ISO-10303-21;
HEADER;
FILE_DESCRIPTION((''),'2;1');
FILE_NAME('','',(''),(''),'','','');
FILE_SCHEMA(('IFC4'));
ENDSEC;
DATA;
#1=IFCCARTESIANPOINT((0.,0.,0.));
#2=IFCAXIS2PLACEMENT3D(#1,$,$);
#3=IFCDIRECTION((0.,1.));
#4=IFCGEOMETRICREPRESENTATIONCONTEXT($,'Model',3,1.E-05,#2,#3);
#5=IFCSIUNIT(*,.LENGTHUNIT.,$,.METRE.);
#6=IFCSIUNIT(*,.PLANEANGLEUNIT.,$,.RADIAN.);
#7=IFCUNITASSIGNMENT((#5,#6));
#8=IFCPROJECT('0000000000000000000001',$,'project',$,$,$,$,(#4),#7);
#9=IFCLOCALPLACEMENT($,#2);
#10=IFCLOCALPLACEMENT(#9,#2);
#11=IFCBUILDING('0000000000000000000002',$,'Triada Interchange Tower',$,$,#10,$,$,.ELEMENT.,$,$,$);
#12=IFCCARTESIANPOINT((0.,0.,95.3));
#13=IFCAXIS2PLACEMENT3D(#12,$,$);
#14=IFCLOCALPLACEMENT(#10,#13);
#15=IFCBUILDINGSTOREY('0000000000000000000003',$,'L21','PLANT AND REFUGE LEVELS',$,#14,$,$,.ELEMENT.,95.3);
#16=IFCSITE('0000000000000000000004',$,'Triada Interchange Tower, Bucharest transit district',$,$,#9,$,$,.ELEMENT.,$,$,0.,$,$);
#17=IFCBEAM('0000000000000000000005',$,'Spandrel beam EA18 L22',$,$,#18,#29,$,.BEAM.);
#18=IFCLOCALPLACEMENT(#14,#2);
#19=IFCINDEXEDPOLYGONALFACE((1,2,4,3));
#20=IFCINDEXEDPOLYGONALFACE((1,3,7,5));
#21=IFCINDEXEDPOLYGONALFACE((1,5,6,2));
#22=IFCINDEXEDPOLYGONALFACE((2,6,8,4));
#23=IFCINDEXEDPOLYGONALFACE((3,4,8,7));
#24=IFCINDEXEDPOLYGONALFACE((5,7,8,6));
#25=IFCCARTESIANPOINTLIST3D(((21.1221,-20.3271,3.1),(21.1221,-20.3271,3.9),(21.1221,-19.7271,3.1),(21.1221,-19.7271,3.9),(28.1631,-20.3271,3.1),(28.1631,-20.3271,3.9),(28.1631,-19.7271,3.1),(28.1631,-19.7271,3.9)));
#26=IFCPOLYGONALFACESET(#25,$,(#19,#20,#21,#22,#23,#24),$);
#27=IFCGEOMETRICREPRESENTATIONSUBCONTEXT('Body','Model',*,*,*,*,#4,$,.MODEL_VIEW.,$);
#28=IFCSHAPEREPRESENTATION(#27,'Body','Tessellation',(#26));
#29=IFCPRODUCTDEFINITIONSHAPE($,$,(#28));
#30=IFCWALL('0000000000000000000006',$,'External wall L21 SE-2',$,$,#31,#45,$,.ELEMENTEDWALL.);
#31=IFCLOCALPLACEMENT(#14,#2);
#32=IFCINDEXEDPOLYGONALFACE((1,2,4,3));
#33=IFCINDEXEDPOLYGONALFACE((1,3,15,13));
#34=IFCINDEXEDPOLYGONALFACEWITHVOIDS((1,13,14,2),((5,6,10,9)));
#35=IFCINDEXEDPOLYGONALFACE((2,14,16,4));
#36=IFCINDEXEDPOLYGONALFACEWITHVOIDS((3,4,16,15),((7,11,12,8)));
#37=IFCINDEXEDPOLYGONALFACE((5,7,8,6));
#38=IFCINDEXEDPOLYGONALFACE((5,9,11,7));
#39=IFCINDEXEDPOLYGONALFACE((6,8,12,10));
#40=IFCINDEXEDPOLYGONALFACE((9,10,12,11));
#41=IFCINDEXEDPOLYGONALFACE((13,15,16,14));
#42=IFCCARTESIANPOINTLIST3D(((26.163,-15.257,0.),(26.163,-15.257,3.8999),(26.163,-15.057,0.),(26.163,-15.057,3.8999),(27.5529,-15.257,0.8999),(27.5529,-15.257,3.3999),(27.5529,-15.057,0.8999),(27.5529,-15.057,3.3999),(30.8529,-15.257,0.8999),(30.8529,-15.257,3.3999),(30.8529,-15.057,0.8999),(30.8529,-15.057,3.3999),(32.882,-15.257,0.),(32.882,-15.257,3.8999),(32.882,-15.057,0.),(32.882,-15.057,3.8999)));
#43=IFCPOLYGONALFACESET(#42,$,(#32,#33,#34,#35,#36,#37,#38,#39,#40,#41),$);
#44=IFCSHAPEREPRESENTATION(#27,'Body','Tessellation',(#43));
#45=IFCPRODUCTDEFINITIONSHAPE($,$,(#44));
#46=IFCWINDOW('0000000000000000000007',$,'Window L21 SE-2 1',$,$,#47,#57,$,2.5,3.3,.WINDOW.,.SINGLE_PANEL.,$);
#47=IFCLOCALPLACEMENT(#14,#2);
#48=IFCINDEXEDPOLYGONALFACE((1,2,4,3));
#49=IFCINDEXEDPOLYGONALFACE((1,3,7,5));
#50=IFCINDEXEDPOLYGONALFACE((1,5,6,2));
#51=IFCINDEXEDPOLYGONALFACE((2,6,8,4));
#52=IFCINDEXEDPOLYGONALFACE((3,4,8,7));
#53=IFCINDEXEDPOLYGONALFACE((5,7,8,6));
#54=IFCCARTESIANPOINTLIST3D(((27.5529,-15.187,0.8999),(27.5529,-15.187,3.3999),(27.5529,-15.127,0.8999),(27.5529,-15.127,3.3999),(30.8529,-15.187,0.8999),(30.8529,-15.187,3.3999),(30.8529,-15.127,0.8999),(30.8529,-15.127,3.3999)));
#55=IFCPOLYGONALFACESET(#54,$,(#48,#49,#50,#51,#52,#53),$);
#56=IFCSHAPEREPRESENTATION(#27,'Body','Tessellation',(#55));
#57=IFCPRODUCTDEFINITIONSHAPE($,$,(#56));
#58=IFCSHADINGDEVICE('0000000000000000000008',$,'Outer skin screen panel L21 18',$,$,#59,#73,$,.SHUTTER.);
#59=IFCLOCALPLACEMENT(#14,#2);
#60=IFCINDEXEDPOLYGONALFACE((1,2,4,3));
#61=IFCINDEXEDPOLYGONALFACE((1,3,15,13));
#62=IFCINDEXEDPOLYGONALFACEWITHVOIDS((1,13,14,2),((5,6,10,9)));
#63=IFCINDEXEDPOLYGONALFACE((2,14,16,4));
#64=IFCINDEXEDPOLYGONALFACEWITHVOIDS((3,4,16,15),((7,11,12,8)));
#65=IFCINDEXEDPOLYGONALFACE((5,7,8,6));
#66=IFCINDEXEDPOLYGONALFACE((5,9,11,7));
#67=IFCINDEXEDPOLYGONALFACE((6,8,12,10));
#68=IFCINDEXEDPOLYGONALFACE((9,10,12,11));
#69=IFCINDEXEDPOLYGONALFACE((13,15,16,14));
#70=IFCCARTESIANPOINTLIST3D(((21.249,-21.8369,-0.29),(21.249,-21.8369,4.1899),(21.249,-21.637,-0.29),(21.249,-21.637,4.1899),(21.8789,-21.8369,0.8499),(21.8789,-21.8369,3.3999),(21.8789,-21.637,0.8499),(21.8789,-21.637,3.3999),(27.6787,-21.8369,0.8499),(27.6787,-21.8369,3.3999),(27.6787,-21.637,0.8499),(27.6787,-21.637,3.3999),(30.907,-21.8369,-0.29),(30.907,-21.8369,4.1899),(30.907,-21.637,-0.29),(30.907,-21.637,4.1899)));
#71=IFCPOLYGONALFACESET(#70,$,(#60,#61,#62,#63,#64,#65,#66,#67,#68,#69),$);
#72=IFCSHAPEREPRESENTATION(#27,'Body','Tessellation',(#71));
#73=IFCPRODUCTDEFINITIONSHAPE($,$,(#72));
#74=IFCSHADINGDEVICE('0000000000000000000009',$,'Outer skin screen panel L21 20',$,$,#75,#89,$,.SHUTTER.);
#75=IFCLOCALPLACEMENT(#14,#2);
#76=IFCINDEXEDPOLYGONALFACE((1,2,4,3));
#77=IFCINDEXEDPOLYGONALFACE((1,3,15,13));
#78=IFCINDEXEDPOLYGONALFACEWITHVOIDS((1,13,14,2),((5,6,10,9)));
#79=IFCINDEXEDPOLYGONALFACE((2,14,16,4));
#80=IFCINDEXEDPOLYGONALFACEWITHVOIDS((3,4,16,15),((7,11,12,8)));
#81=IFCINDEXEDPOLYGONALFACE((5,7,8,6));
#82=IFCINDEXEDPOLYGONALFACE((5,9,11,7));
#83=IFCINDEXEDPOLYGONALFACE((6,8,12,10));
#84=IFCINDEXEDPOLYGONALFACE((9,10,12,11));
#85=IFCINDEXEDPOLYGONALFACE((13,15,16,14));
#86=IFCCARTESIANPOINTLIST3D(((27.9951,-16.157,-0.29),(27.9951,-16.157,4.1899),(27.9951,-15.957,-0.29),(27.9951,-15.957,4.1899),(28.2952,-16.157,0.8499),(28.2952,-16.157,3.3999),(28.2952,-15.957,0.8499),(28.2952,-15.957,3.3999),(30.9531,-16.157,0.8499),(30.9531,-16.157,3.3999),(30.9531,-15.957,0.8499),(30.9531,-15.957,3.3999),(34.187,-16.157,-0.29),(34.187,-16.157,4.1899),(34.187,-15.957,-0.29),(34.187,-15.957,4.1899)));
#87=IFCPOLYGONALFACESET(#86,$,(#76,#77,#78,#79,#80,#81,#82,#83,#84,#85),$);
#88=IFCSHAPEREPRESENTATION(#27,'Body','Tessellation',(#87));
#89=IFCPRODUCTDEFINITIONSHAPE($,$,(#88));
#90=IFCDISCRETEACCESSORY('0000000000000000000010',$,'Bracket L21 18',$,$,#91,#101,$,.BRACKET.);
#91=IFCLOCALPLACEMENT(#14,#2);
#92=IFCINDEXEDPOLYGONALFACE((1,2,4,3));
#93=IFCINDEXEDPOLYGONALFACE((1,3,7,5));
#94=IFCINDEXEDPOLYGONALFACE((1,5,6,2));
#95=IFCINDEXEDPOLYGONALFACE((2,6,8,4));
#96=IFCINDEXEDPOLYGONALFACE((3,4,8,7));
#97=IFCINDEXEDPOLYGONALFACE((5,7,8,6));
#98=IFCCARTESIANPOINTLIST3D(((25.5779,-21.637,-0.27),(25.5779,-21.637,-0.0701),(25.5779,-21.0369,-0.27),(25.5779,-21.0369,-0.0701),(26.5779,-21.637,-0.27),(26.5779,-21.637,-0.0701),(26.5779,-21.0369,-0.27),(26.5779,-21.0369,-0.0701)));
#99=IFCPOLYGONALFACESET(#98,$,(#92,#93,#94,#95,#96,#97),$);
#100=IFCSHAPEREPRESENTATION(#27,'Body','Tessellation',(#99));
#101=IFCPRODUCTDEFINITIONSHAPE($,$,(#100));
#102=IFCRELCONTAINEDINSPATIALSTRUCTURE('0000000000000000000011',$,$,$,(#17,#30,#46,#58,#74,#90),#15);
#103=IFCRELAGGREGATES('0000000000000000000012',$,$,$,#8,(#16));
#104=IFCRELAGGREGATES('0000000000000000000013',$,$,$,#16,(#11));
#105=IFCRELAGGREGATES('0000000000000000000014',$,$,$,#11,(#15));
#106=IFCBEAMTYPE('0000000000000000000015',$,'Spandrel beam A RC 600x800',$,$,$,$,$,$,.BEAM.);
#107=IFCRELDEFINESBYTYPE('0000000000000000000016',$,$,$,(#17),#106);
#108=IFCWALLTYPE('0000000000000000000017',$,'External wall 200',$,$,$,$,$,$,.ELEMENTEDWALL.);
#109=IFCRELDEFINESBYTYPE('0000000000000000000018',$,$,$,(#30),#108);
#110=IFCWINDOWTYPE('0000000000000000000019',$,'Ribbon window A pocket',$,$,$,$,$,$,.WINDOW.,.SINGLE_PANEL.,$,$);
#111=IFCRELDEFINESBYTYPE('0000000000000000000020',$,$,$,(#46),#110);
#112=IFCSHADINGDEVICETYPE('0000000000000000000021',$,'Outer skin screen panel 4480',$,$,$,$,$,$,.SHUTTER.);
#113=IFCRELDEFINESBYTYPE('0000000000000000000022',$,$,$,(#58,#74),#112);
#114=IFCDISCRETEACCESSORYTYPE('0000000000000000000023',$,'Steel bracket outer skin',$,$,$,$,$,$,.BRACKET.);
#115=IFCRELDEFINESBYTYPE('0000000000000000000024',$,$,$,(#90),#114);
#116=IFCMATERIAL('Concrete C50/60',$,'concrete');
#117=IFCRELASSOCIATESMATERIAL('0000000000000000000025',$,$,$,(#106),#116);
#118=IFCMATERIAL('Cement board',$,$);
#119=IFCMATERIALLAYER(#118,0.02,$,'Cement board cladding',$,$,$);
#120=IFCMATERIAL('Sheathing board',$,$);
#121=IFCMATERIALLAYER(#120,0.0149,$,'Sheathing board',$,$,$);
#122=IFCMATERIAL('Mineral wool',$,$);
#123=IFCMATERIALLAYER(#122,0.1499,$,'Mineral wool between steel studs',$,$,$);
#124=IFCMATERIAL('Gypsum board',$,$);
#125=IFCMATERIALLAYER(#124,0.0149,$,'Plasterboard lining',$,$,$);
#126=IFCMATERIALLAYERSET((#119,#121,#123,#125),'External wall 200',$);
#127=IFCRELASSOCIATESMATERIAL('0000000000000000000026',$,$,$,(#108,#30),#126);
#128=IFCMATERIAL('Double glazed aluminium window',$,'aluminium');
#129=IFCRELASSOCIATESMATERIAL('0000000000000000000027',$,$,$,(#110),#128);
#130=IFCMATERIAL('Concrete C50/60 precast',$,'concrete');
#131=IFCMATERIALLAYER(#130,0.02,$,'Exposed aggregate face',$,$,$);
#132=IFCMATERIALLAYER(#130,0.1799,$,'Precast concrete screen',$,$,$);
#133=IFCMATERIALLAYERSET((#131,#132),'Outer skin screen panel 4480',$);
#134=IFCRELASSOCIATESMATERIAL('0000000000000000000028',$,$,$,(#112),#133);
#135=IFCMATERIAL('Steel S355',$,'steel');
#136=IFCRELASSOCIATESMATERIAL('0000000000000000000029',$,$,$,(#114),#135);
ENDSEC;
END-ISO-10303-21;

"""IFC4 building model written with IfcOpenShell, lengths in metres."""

from ifc_helpers import new_model, si_unit, direction, frame, frame_2d, origin, origin_2d, place, context, subcontext, project, spatial, polyline, rectangle, outline, extrude, material, layer, layer_set, layer_usage, material_profile, profile_set, type_object, element, fill, save


model = new_model("IFC4")

# Units and contexts
model_context = context("Model", 3, precision=1e-05, world=origin(), true_north=direction((0.0, 1.0)))
body_context = subcontext(model_context, "Body", "Model", "MODEL_VIEW")
ifc_project = project(units=[si_unit("LENGTHUNIT", "METRE"), si_unit("PLANEANGLEUNIT", "RADIAN")], contexts=[model_context])

# Site, building, storey
site_placement = place(None, origin())
site = spatial("IfcSite", under=ifc_project, at=site_placement, Name="Triada Interchange Tower, Bucharest transit district", CompositionType="ELEMENT", RefElevation=0.0)
building_placement = place(site_placement, origin())
building = spatial("IfcBuilding", under=site, at=building_placement, Name="Triada Interchange Tower", CompositionType="ELEMENT")
storey_placement = place(building_placement, frame((0.0, 0.0, 95.3)))
storey = spatial("IfcBuildingStorey", under=building, at=storey_placement, Name="L21", Description="PLANT AND REFUGE LEVELS", CompositionType="ELEMENT", Elevation=95.3)

# Shared definitions
ifc_material_1 = material(Name="Steel S355", Category="steel")

# Beam
ifc_material_2 = material(Name="Concrete C50/60", Category="concrete")
ifc_material_profile_1 = material_profile(ifc_material_2, rectangle(XDim=0.6001, YDim=0.8, at=origin_2d()), Name="RC 600x800")
ifc_profile_set_1 = profile_set([ifc_material_profile_1], Name="Concrete C50/60")
beam_type_1 = type_object("IfcBeamType", Name="Spandrel beam A RC 600x800", PredefinedType="BEAM", material=ifc_profile_set_1)
beam_1_placement = place(storey_placement, frame((21.1221, -20.0271, 3.5), z_axis=(1.0, 0.0, 0.0), x_axis=(0.0, 1.0, 0.0)))
element("IfcBeam", 1, at=beam_1_placement, inside=storey, type_object=beam_type_1, Name="Spandrel beam EA18 L22", PredefinedType="BEAM", context=body_context, shape_type="SweptSolid", body=[
    extrude(rectangle(XDim=0.6001, YDim=0.8, at=origin_2d()), origin(), (0.0, 0.0, 1.0), 7.041),
])

# Wall, opening, window
ifc_material_3 = material(Name="Cement board")
ifc_layer_1 = layer(ifc_material_3, 0.02, Name="Cement board cladding")
ifc_material_4 = material(Name="Sheathing board")
ifc_layer_2 = layer(ifc_material_4, 0.0149, Name="Sheathing board")
ifc_material_5 = material(Name="Mineral wool")
ifc_layer_3 = layer(ifc_material_5, 0.1499, Name="Mineral wool between steel studs")
ifc_material_6 = material(Name="Gypsum board")
ifc_layer_4 = layer(ifc_material_6, 0.0149, Name="Plasterboard lining")
ifc_layer_set_1 = layer_set([ifc_layer_1, ifc_layer_2, ifc_layer_3, ifc_layer_4], Name="External wall 200")
ifc_layer_usage = layer_usage(ifc_layer_set_1, "AXIS2", "POSITIVE", -0.1001)
wall_type = type_object("IfcWallType", Name="External wall 200", PredefinedType="ELEMENTEDWALL", material=ifc_layer_set_1)
wall_placement = place(storey_placement, frame((26.1631, -15.157, 0.0), z_axis=(0.0, 0.0, 1.0), x_axis=(1.0, 0.0, 0.0)))
wall = element("IfcWall", 2, at=wall_placement, inside=storey, type_object=wall_type, material=ifc_layer_usage, Name="External wall L21 SE-2", PredefinedType="ELEMENTEDWALL", context=body_context, shape_type="SweptSolid", body=[
    extrude(rectangle(XDim=6.719, YDim=0.2, at=frame_2d((3.3594, 0.0))), origin(), (0.0, 0.0, 1.0), 3.8999),
])
opening_placement = place(wall_placement, frame((1.3899, 0.0, 0.8999)))
opening = element("IfcOpeningElement", 3, at=opening_placement, cuts=wall, PredefinedType="OPENING", context=body_context, shape_type="SweptSolid", body=[
    extrude(rectangle(XDim=3.3, YDim=2.5, at=frame_2d((1.6499, 1.25))), frame((0.0, 0.1099, 0.0), z_axis=(0.0, -1.0, 0.0), x_axis=(1.0, 0.0, 0.0)), (0.0, 0.0, 1.0), 0.22),
])
ifc_material_7 = material(Name="Double glazed aluminium window", Category="aluminium")
window_type = type_object("IfcWindowType", Name="Ribbon window A pocket", PartitioningType="SINGLE_PANEL", PredefinedType="WINDOW", material=ifc_material_7)
window_placement = place(opening_placement, origin())
window = element("IfcWindow", 4, at=window_placement, inside=storey, type_object=window_type, Name="Window L21 SE-2 1", OverallHeight=2.5, OverallWidth=3.3, PartitioningType="SINGLE_PANEL", PredefinedType="WINDOW", context=body_context, shape_type="SweptSolid", body=[
    extrude(rectangle(XDim=3.3, YDim=2.5, at=frame_2d((1.6499, 1.25))), frame((0.0, 0.03, 0.0), z_axis=(0.0, -1.0, 0.0), x_axis=(1.0, 0.0, 0.0)), (0.0, 0.0, 1.0), 0.0601),
])
fill(opening, window)

# Shading devices
ifc_material_8 = material(Name="Concrete C50/60 precast", Category="concrete")
ifc_layer_5 = layer(ifc_material_8, 0.02, Name="Exposed aggregate face")
ifc_layer_6 = layer(ifc_material_8, 0.1799, Name="Precast concrete screen")
ifc_layer_set_2 = layer_set([ifc_layer_5, ifc_layer_6], Name="Outer skin screen panel 4480")
shading_device_type = type_object("IfcShadingDeviceType", Name="Outer skin screen panel 4480", PredefinedType="SHUTTER", material=ifc_layer_set_2)
shading_device_1_placement = place(storey_placement, frame((21.249, -21.637, -0.29), z_axis=(0.0, 0.0, 1.0), x_axis=(1.0, 0.0, 0.0)))
element("IfcShadingDevice", 5, at=shading_device_1_placement, inside=storey, type_object=shading_device_type, Name="Outer skin screen panel L21 18", PredefinedType="SHUTTER", context=body_context, shape_type="SweptSolid", body=[
    extrude(outline(polyline([(0.0, 0.0), (9.658, 0.0), (9.658, 4.48), (0.0, 4.48), (0.0, 0.0)]), holes=[polyline([(0.6299, 1.1399), (0.6299, 3.6899), (6.4297, 3.6899), (6.4297, 1.1399), (0.6299, 1.1399)])]), frame((0.0, 0.0, 0.0), z_axis=(0.0, -1.0, 0.0), x_axis=(1.0, 0.0, 0.0)), (0.0, 0.0, 1.0), 0.2),
])
shading_device_2_placement = place(storey_placement, frame((27.9951, -15.957, -0.29), z_axis=(0.0, 0.0, 1.0), x_axis=(1.0, 0.0, 0.0)))
element("IfcShadingDevice", 6, at=shading_device_2_placement, inside=storey, type_object=shading_device_type, Name="Outer skin screen panel L21 20", PredefinedType="SHUTTER", context=body_context, shape_type="SweptSolid", body=[
    extrude(outline(polyline([(0.0, 0.0), (6.1919, 0.0), (6.1919, 4.48), (0.0, 4.48), (0.0, 0.0)]), holes=[polyline([(0.3, 1.1399), (0.3, 3.6899), (2.958, 3.6899), (2.958, 1.1399), (0.3, 1.1399)])]), frame((0.0, 0.0, 0.0), z_axis=(0.0, -1.0, 0.0), x_axis=(1.0, 0.0, 0.0)), (0.0, 0.0, 1.0), 0.2),
])

# Discrete accessory
discrete_accessory_type = type_object("IfcDiscreteAccessoryType", Name="Steel bracket outer skin", PredefinedType="BRACKET", material=ifc_material_1)
discrete_accessory_placement = place(storey_placement, frame((26.0779, -21.3369, -0.27), z_axis=(0.0, 0.0, 1.0), x_axis=(0.0, -1.0, 0.0)))
element("IfcDiscreteAccessory", 7, at=discrete_accessory_placement, inside=storey, type_object=discrete_accessory_type, Name="Bracket L21 18", PredefinedType="BRACKET", context=body_context, shape_type="SweptSolid", body=[
    extrude(rectangle(XDim=0.6001, YDim=1.0, at=origin_2d()), origin(), (0.0, 0.0, 1.0), 0.2),
])

save(model, "model.ifc")
